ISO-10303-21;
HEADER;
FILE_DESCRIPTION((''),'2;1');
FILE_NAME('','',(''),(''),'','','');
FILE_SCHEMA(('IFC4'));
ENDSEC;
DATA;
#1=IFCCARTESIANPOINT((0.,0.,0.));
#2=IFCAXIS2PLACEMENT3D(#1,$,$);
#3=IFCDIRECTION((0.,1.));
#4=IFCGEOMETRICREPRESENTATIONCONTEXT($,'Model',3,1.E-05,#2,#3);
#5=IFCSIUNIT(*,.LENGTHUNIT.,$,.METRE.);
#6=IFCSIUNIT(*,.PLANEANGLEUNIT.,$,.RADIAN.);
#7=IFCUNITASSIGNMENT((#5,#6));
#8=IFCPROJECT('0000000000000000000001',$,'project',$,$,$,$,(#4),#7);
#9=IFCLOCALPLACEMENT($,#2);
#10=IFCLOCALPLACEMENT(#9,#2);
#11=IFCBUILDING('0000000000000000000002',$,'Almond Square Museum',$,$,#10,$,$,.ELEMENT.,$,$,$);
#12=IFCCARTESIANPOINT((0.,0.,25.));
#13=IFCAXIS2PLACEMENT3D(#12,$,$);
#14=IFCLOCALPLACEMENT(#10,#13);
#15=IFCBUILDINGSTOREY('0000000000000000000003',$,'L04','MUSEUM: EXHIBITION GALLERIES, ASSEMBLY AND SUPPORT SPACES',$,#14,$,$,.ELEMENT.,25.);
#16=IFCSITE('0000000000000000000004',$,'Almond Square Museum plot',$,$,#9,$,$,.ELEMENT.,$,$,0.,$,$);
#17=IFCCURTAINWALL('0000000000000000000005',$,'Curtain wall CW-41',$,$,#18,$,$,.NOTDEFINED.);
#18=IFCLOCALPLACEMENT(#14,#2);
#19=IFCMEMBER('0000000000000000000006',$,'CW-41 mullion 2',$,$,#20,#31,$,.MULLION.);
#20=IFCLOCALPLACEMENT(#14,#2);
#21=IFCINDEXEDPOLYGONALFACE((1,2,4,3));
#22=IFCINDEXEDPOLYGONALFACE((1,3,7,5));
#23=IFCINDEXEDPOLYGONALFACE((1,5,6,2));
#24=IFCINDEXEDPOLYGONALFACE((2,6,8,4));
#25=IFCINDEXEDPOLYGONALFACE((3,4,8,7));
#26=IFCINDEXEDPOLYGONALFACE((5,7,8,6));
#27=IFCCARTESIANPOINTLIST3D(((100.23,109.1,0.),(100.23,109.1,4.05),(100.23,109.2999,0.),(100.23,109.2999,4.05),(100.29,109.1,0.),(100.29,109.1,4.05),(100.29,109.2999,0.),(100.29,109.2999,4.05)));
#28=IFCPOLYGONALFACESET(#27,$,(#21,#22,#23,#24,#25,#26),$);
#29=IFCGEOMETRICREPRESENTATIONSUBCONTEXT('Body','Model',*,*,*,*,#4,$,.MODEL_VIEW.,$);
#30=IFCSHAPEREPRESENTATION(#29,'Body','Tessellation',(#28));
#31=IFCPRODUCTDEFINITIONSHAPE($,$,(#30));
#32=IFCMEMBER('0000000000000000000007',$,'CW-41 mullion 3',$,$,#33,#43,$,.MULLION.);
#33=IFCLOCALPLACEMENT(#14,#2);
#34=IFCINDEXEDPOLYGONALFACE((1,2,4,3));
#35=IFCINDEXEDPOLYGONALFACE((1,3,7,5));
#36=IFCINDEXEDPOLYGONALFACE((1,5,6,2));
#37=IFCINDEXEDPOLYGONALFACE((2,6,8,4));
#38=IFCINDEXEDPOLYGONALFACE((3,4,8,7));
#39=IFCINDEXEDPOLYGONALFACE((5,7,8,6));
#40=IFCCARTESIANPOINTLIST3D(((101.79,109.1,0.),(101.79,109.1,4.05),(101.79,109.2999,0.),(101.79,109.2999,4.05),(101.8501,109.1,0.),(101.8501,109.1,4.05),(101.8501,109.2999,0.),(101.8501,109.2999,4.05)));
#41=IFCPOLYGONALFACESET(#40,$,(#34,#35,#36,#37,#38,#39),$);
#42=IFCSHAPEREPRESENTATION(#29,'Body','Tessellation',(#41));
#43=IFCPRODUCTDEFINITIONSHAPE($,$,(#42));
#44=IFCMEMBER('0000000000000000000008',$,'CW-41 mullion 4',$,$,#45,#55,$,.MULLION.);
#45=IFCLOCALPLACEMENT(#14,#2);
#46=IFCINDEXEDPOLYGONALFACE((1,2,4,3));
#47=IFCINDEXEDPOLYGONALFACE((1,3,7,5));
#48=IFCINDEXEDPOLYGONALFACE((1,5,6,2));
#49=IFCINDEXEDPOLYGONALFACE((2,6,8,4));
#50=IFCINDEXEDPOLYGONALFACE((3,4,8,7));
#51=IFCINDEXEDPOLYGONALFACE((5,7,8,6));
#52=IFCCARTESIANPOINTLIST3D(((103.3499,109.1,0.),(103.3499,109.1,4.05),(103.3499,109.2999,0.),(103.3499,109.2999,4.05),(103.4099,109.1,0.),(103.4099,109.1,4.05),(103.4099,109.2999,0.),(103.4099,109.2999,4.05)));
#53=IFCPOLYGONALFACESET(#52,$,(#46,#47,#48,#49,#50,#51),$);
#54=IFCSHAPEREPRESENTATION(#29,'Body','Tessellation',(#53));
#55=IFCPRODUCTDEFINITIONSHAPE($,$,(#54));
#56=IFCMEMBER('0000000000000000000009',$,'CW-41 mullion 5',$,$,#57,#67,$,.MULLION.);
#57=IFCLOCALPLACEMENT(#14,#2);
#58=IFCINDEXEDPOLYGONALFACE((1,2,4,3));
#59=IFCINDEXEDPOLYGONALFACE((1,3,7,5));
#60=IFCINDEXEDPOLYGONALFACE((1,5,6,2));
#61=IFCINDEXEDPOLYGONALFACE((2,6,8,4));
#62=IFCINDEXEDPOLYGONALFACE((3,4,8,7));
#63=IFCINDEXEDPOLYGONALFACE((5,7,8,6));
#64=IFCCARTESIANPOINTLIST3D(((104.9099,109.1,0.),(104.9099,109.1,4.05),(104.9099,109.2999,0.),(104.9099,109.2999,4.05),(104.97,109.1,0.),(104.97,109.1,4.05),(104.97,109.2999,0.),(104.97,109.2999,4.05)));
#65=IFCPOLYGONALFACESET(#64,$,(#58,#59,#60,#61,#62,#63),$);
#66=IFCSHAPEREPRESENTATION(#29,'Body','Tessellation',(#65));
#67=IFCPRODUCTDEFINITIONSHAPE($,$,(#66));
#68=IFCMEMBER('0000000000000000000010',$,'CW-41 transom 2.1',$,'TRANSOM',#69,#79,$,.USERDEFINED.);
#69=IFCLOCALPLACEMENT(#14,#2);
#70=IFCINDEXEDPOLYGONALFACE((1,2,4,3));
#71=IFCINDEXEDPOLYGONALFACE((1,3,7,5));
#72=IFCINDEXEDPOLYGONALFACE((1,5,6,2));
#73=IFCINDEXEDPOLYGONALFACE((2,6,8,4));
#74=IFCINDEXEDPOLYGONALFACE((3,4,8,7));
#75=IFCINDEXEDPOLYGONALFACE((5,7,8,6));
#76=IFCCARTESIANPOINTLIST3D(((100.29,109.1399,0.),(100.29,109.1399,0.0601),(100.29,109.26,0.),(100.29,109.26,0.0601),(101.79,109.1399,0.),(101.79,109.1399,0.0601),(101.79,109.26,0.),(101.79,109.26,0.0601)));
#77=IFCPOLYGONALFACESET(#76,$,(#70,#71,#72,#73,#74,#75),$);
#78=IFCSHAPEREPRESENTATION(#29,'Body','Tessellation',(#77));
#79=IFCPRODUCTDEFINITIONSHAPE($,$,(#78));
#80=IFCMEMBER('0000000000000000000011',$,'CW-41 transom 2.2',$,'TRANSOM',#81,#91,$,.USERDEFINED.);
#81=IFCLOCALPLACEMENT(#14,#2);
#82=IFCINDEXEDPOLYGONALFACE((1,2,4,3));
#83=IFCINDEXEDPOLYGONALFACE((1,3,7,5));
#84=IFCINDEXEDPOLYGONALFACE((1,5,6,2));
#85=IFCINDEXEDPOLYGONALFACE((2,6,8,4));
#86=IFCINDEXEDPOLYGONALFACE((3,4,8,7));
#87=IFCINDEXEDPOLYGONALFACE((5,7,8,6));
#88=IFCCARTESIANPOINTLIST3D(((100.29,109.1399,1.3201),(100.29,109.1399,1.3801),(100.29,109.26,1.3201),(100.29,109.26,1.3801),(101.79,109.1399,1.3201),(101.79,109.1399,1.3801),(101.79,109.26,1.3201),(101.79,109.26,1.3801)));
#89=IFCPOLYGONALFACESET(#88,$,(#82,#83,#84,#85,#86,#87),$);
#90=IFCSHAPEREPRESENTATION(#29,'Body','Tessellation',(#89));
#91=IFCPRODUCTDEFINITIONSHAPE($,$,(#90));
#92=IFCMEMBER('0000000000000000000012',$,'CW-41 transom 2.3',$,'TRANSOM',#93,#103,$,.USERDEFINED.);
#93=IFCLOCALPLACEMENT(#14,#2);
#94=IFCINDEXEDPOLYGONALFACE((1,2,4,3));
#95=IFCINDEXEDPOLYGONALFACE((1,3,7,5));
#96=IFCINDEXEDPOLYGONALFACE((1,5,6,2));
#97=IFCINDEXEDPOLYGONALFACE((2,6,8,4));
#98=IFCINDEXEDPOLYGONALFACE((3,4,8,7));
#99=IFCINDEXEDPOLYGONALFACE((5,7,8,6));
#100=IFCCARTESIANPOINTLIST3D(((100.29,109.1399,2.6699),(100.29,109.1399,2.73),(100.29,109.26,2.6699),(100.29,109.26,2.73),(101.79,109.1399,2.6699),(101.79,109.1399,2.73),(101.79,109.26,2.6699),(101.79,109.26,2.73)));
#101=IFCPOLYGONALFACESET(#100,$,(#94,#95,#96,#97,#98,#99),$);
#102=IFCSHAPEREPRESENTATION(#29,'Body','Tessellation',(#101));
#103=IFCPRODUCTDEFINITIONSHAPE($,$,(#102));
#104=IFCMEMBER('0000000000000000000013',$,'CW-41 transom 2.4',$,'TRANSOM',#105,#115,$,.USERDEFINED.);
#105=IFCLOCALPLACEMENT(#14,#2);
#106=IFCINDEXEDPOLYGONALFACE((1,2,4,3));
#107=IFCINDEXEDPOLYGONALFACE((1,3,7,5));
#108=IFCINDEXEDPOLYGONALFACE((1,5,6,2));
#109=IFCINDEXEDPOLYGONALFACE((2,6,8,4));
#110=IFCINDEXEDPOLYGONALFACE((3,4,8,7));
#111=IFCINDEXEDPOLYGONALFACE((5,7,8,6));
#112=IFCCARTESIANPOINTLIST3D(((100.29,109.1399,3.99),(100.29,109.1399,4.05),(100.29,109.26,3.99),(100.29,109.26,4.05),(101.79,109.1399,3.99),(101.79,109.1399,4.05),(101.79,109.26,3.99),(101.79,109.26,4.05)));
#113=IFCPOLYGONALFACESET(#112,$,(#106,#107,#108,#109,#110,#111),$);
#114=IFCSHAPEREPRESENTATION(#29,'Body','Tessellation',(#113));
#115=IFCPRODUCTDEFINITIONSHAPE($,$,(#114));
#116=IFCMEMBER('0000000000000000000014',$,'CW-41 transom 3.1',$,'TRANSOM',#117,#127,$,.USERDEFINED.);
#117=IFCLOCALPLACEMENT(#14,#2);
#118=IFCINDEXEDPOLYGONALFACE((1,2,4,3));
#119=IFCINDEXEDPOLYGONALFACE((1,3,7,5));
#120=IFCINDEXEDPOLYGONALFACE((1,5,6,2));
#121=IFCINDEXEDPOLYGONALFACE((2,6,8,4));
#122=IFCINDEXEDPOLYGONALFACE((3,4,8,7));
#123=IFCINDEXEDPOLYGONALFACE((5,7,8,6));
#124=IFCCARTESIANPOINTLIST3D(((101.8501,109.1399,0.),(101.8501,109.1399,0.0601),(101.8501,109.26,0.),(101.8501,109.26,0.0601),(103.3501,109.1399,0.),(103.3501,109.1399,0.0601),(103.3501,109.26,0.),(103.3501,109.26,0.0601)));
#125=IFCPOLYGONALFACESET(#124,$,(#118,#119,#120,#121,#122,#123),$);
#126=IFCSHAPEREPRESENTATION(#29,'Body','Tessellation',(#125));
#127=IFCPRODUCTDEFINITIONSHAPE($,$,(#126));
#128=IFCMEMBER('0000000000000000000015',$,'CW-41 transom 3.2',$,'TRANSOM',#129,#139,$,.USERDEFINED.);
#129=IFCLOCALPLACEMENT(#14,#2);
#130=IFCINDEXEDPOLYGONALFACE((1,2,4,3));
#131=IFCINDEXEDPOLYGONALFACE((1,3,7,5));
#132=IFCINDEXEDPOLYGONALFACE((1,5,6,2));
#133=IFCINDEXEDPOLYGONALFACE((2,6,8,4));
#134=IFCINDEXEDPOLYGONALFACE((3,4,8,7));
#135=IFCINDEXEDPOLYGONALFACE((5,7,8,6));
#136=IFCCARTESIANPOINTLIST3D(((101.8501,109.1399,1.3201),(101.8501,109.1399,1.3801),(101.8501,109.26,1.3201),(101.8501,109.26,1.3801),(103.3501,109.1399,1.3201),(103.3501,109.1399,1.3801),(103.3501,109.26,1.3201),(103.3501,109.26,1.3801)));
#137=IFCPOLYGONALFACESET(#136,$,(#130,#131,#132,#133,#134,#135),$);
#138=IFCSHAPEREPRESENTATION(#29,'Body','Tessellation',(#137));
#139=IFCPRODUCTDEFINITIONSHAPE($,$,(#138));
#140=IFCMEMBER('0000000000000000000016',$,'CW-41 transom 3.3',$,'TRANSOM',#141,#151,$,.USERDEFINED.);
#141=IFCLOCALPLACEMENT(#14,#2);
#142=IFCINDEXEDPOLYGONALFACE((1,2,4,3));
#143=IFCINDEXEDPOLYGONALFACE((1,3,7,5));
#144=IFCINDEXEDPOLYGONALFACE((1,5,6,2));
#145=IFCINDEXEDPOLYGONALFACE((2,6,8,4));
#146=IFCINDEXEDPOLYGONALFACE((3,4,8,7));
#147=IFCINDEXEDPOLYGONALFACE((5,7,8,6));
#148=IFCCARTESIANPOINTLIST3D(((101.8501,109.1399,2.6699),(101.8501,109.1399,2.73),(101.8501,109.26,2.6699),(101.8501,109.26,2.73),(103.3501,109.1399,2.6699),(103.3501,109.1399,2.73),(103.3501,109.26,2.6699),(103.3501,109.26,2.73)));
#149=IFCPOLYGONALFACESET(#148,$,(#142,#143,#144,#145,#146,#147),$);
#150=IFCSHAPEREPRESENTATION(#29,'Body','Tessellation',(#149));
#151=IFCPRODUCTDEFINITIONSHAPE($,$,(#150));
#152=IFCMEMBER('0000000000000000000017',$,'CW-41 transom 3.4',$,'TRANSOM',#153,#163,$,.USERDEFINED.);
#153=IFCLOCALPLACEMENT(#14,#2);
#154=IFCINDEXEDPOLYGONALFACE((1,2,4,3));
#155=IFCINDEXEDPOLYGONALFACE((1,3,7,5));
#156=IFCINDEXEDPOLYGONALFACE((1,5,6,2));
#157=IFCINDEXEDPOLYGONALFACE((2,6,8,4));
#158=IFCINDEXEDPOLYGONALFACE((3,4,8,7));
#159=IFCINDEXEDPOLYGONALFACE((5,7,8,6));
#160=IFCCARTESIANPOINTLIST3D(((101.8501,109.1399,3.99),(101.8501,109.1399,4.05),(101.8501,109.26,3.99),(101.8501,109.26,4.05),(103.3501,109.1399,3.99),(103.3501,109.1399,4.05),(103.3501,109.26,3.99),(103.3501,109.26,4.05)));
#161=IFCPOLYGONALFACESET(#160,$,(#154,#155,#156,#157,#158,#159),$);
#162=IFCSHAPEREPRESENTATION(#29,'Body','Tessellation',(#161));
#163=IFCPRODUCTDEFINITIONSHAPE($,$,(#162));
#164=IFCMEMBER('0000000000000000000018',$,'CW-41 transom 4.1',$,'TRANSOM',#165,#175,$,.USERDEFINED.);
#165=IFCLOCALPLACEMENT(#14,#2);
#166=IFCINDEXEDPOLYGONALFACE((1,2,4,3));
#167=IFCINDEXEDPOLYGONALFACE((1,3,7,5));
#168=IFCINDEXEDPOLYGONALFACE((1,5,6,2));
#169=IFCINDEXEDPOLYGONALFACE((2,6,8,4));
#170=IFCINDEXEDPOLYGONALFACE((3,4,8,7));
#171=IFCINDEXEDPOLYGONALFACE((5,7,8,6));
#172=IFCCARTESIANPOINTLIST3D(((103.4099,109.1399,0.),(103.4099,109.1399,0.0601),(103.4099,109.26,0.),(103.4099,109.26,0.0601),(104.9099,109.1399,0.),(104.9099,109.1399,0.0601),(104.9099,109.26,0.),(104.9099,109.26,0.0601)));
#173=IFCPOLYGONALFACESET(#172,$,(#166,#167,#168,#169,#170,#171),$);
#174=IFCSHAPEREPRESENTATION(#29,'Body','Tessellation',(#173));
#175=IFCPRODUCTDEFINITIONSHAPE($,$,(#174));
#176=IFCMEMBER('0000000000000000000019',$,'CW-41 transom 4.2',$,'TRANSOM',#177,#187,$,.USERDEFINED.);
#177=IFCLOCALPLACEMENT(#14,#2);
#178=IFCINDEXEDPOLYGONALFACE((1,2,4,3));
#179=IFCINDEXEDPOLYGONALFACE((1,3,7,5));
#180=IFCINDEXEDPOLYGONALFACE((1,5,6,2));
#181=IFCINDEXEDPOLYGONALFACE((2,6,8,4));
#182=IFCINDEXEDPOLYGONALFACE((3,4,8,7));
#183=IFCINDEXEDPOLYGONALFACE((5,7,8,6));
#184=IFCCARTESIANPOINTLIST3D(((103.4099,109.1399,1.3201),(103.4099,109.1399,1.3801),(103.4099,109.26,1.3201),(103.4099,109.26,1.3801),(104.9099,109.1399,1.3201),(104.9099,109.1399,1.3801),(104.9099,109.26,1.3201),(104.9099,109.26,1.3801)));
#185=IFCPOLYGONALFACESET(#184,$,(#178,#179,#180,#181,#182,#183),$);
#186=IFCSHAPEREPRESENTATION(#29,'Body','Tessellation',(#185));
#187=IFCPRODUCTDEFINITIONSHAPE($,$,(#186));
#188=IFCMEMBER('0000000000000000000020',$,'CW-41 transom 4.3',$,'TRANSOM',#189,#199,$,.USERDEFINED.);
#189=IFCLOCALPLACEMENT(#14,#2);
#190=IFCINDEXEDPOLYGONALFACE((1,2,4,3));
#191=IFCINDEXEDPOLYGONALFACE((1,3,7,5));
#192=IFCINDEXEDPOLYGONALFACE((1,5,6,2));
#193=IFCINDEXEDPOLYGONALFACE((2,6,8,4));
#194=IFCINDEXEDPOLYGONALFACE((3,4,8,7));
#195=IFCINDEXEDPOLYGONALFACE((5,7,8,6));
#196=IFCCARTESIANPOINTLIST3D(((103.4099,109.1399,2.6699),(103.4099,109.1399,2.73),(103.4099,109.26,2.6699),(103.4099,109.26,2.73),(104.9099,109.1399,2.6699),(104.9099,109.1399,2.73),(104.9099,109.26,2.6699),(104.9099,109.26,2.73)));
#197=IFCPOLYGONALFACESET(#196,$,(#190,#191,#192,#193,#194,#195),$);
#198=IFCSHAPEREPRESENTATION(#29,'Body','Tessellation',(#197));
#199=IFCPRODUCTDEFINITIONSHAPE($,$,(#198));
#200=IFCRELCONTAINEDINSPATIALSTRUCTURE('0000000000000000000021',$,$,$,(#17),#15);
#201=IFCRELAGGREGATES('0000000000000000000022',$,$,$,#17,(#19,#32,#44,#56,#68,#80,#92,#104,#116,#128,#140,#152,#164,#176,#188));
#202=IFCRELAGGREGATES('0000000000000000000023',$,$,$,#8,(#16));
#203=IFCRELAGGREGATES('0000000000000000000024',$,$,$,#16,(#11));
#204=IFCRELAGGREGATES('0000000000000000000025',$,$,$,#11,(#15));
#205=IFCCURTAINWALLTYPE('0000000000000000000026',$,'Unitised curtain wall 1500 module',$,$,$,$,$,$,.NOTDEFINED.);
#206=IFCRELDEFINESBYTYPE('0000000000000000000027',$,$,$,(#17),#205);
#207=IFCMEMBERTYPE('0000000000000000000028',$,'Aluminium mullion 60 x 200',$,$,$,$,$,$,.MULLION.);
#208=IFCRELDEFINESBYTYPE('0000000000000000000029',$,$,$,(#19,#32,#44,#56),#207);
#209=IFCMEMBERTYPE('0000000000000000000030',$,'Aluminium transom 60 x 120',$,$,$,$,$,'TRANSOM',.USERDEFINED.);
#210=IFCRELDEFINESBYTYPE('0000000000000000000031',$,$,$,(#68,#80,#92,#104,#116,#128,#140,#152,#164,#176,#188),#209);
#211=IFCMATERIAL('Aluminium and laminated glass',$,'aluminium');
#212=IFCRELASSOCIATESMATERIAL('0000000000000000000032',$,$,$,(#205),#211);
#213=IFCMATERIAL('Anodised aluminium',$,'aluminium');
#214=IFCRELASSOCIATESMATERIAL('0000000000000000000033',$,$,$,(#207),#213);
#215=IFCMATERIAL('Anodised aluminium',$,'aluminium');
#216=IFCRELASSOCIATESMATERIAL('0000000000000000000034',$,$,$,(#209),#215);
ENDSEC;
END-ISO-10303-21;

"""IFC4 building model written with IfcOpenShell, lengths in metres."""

from ifc_helpers import new_model, si_unit, direction, frame, origin, origin_2d, place, context, subcontext, project, spatial, rectangle, extrude, material, material_profile, profile_set, type_object, element, aggregate, save


model = new_model("IFC4")

# Units and contexts
model_context = context("Model", 3, precision=1e-05, world=origin(), true_north=direction((0.0, 1.0)))
body_context = subcontext(model_context, "Body", "Model", "MODEL_VIEW")
ifc_project = project(units=[si_unit("LENGTHUNIT", "METRE"), si_unit("PLANEANGLEUNIT", "RADIAN")], contexts=[model_context])

# Site, building, storey
site_placement = place(None, origin())
site = spatial("IfcSite", under=ifc_project, at=site_placement, Name="Almond Square Museum plot", CompositionType="ELEMENT", RefElevation=0.0)
building_placement = place(site_placement, origin())
building = spatial("IfcBuilding", under=site, at=building_placement, Name="Almond Square Museum", CompositionType="ELEMENT")
storey_placement = place(building_placement, frame((0.0, 0.0, 25.0)))
storey = spatial("IfcBuildingStorey", under=building, at=storey_placement, Name="L04", Description="MUSEUM: EXHIBITION GALLERIES, ASSEMBLY AND SUPPORT SPACES", CompositionType="ELEMENT", Elevation=25.0)

# Curtain wall, members
ifc_material_1 = material(Name="Aluminium and laminated glass", Category="aluminium")
curtain_wall_type = type_object("IfcCurtainWallType", Name="Unitised curtain wall 1500 module", PredefinedType="NOTDEFINED", material=ifc_material_1)
curtain_wall_placement = place(storey_placement, origin())
curtain_wall = element("IfcCurtainWall", 1, at=curtain_wall_placement, inside=storey, type_object=curtain_wall_type, Name="Curtain wall CW-41", PredefinedType="NOTDEFINED")
ifc_material_2 = material(Name="Anodised aluminium", Category="aluminium")
ifc_material_profile_1 = material_profile(ifc_material_2, rectangle(XDim=0.2, YDim=0.0601, at=origin_2d()))
ifc_profile_set_1 = profile_set([ifc_material_profile_1], Name="Anodised aluminium")
member_type_1 = type_object("IfcMemberType", Name="Aluminium mullion 60 x 200", PredefinedType="MULLION", material=ifc_profile_set_1)
member_1_placement = place(storey_placement, frame((100.26, 109.2, 0.0), z_axis=(0.0, 0.0, 1.0), x_axis=(0.0, 1.0, 0.0)))
member_1 = element("IfcMember", 2, at=member_1_placement, type_object=member_type_1, Name="CW-41 mullion 2", PredefinedType="MULLION", context=body_context, shape_type="SweptSolid", body=[
    extrude(rectangle(XDim=0.2, YDim=0.0601, at=origin_2d()), origin(), (0.0, 0.0, 1.0), 4.05),
])
member_2_placement = place(storey_placement, frame((101.8201, 109.2, 0.0), z_axis=(0.0, 0.0, 1.0), x_axis=(0.0, 1.0, 0.0)))
member_2 = element("IfcMember", 3, at=member_2_placement, type_object=member_type_1, Name="CW-41 mullion 3", PredefinedType="MULLION", context=body_context, shape_type="SweptSolid", body=[
    extrude(rectangle(XDim=0.2, YDim=0.0601, at=origin_2d()), origin(), (0.0, 0.0, 1.0), 4.05),
])
member_3_placement = place(storey_placement, frame((103.3799, 109.2, 0.0), z_axis=(0.0, 0.0, 1.0), x_axis=(0.0, 1.0, 0.0)))
member_3 = element("IfcMember", 4, at=member_3_placement, type_object=member_type_1, Name="CW-41 mullion 4", PredefinedType="MULLION", context=body_context, shape_type="SweptSolid", body=[
    extrude(rectangle(XDim=0.2, YDim=0.0601, at=origin_2d()), origin(), (0.0, 0.0, 1.0), 4.05),
])
member_4_placement = place(storey_placement, frame((104.9399, 109.2, 0.0), z_axis=(0.0, 0.0, 1.0), x_axis=(0.0, 1.0, 0.0)))
member_4 = element("IfcMember", 5, at=member_4_placement, type_object=member_type_1, Name="CW-41 mullion 5", PredefinedType="MULLION", context=body_context, shape_type="SweptSolid", body=[
    extrude(rectangle(XDim=0.2, YDim=0.0601, at=origin_2d()), origin(), (0.0, 0.0, 1.0), 4.05),
])
ifc_material_3 = material(Name="Anodised aluminium", Category="aluminium")
ifc_material_profile_2 = material_profile(ifc_material_3, rectangle(XDim=0.1201, YDim=0.0601, at=origin_2d()))
ifc_profile_set_2 = profile_set([ifc_material_profile_2], Name="Anodised aluminium")
member_type_2 = type_object("IfcMemberType", Name="Aluminium transom 60 x 120", ElementType="TRANSOM", PredefinedType="USERDEFINED", material=ifc_profile_set_2)
member_5_placement = place(storey_placement, frame((100.29, 109.2, 0.03), z_axis=(1.0, 0.0, 0.0), x_axis=(0.0, 1.0, 0.0)))
member_5 = element("IfcMember", 6, at=member_5_placement, type_object=member_type_2, Name="CW-41 transom 2.1", ObjectType="TRANSOM", PredefinedType="USERDEFINED", context=body_context, shape_type="SweptSolid", body=[
    extrude(rectangle(XDim=0.1201, YDim=0.0601, at=origin_2d()), origin(), (0.0, 0.0, 1.0), 1.5),
])
member_6_placement = place(storey_placement, frame((100.29, 109.2, 1.3501), z_axis=(1.0, 0.0, 0.0), x_axis=(0.0, 1.0, 0.0)))
member_6 = element("IfcMember", 7, at=member_6_placement, type_object=member_type_2, Name="CW-41 transom 2.2", ObjectType="TRANSOM", PredefinedType="USERDEFINED", context=body_context, shape_type="SweptSolid", body=[
    extrude(rectangle(XDim=0.1201, YDim=0.0601, at=origin_2d()), origin(), (0.0, 0.0, 1.0), 1.5),
])
member_7_placement = place(storey_placement, frame((100.29, 109.2, 2.7), z_axis=(1.0, 0.0, 0.0), x_axis=(0.0, 1.0, 0.0)))
member_7 = element("IfcMember", 8, at=member_7_placement, type_object=member_type_2, Name="CW-41 transom 2.3", ObjectType="TRANSOM", PredefinedType="USERDEFINED", context=body_context, shape_type="SweptSolid", body=[
    extrude(rectangle(XDim=0.1201, YDim=0.0601, at=origin_2d()), origin(), (0.0, 0.0, 1.0), 1.5),
])
member_8_placement = place(storey_placement, frame((100.29, 109.2, 4.02), z_axis=(1.0, 0.0, 0.0), x_axis=(0.0, 1.0, 0.0)))
member_8 = element("IfcMember", 9, at=member_8_placement, type_object=member_type_2, Name="CW-41 transom 2.4", ObjectType="TRANSOM", PredefinedType="USERDEFINED", context=body_context, shape_type="SweptSolid", body=[
    extrude(rectangle(XDim=0.1201, YDim=0.0601, at=origin_2d()), origin(), (0.0, 0.0, 1.0), 1.5),
])
member_9_placement = place(storey_placement, frame((101.8501, 109.2, 0.03), z_axis=(1.0, 0.0, 0.0), x_axis=(0.0, 1.0, 0.0)))
member_9 = element("IfcMember", 10, at=member_9_placement, type_object=member_type_2, Name="CW-41 transom 3.1", ObjectType="TRANSOM", PredefinedType="USERDEFINED", context=body_context, shape_type="SweptSolid", body=[
    extrude(rectangle(XDim=0.1201, YDim=0.0601, at=origin_2d()), origin(), (0.0, 0.0, 1.0), 1.5),
])
member_10_placement = place(storey_placement, frame((101.8501, 109.2, 1.3501), z_axis=(1.0, 0.0, 0.0), x_axis=(0.0, 1.0, 0.0)))
member_10 = element("IfcMember", 11, at=member_10_placement, type_object=member_type_2, Name="CW-41 transom 3.2", ObjectType="TRANSOM", PredefinedType="USERDEFINED", context=body_context, shape_type="SweptSolid", body=[
    extrude(rectangle(XDim=0.1201, YDim=0.0601, at=origin_2d()), origin(), (0.0, 0.0, 1.0), 1.5),
])
member_11_placement = place(storey_placement, frame((101.8501, 109.2, 2.7), z_axis=(1.0, 0.0, 0.0), x_axis=(0.0, 1.0, 0.0)))
member_11 = element("IfcMember", 12, at=member_11_placement, type_object=member_type_2, Name="CW-41 transom 3.3", ObjectType="TRANSOM", PredefinedType="USERDEFINED", context=body_context, shape_type="SweptSolid", body=[
    extrude(rectangle(XDim=0.1201, YDim=0.0601, at=origin_2d()), origin(), (0.0, 0.0, 1.0), 1.5),
])
member_12_placement = place(storey_placement, frame((101.8501, 109.2, 4.02), z_axis=(1.0, 0.0, 0.0), x_axis=(0.0, 1.0, 0.0)))
member_12 = element("IfcMember", 13, at=member_12_placement, type_object=member_type_2, Name="CW-41 transom 3.4", ObjectType="TRANSOM", PredefinedType="USERDEFINED", context=body_context, shape_type="SweptSolid", body=[
    extrude(rectangle(XDim=0.1201, YDim=0.0601, at=origin_2d()), origin(), (0.0, 0.0, 1.0), 1.5),
])
member_13_placement = place(storey_placement, frame((103.4099, 109.2, 0.03), z_axis=(1.0, 0.0, 0.0), x_axis=(0.0, 1.0, 0.0)))
member_13 = element("IfcMember", 14, at=member_13_placement, type_object=member_type_2, Name="CW-41 transom 4.1", ObjectType="TRANSOM", PredefinedType="USERDEFINED", context=body_context, shape_type="SweptSolid", body=[
    extrude(rectangle(XDim=0.1201, YDim=0.0601, at=origin_2d()), origin(), (0.0, 0.0, 1.0), 1.5),
])
member_14_placement = place(storey_placement, frame((103.4099, 109.2, 1.3501), z_axis=(1.0, 0.0, 0.0), x_axis=(0.0, 1.0, 0.0)))
member_14 = element("IfcMember", 15, at=member_14_placement, type_object=member_type_2, Name="CW-41 transom 4.2", ObjectType="TRANSOM", PredefinedType="USERDEFINED", context=body_context, shape_type="SweptSolid", body=[
    extrude(rectangle(XDim=0.1201, YDim=0.0601, at=origin_2d()), origin(), (0.0, 0.0, 1.0), 1.5),
])
member_15_placement = place(storey_placement, frame((103.4099, 109.2, 2.7), z_axis=(1.0, 0.0, 0.0), x_axis=(0.0, 1.0, 0.0)))
member_15 = element("IfcMember", 16, at=member_15_placement, type_object=member_type_2, Name="CW-41 transom 4.3", ObjectType="TRANSOM", PredefinedType="USERDEFINED", context=body_context, shape_type="SweptSolid", body=[
    extrude(rectangle(XDim=0.1201, YDim=0.0601, at=origin_2d()), origin(), (0.0, 0.0, 1.0), 1.5),
])
aggregate(curtain_wall, [member_1, member_2, member_3, member_4, member_5, member_6, member_7, member_8, member_9, member_10, member_11, member_12, member_13, member_14, member_15])

save(model, "model.ifc")
